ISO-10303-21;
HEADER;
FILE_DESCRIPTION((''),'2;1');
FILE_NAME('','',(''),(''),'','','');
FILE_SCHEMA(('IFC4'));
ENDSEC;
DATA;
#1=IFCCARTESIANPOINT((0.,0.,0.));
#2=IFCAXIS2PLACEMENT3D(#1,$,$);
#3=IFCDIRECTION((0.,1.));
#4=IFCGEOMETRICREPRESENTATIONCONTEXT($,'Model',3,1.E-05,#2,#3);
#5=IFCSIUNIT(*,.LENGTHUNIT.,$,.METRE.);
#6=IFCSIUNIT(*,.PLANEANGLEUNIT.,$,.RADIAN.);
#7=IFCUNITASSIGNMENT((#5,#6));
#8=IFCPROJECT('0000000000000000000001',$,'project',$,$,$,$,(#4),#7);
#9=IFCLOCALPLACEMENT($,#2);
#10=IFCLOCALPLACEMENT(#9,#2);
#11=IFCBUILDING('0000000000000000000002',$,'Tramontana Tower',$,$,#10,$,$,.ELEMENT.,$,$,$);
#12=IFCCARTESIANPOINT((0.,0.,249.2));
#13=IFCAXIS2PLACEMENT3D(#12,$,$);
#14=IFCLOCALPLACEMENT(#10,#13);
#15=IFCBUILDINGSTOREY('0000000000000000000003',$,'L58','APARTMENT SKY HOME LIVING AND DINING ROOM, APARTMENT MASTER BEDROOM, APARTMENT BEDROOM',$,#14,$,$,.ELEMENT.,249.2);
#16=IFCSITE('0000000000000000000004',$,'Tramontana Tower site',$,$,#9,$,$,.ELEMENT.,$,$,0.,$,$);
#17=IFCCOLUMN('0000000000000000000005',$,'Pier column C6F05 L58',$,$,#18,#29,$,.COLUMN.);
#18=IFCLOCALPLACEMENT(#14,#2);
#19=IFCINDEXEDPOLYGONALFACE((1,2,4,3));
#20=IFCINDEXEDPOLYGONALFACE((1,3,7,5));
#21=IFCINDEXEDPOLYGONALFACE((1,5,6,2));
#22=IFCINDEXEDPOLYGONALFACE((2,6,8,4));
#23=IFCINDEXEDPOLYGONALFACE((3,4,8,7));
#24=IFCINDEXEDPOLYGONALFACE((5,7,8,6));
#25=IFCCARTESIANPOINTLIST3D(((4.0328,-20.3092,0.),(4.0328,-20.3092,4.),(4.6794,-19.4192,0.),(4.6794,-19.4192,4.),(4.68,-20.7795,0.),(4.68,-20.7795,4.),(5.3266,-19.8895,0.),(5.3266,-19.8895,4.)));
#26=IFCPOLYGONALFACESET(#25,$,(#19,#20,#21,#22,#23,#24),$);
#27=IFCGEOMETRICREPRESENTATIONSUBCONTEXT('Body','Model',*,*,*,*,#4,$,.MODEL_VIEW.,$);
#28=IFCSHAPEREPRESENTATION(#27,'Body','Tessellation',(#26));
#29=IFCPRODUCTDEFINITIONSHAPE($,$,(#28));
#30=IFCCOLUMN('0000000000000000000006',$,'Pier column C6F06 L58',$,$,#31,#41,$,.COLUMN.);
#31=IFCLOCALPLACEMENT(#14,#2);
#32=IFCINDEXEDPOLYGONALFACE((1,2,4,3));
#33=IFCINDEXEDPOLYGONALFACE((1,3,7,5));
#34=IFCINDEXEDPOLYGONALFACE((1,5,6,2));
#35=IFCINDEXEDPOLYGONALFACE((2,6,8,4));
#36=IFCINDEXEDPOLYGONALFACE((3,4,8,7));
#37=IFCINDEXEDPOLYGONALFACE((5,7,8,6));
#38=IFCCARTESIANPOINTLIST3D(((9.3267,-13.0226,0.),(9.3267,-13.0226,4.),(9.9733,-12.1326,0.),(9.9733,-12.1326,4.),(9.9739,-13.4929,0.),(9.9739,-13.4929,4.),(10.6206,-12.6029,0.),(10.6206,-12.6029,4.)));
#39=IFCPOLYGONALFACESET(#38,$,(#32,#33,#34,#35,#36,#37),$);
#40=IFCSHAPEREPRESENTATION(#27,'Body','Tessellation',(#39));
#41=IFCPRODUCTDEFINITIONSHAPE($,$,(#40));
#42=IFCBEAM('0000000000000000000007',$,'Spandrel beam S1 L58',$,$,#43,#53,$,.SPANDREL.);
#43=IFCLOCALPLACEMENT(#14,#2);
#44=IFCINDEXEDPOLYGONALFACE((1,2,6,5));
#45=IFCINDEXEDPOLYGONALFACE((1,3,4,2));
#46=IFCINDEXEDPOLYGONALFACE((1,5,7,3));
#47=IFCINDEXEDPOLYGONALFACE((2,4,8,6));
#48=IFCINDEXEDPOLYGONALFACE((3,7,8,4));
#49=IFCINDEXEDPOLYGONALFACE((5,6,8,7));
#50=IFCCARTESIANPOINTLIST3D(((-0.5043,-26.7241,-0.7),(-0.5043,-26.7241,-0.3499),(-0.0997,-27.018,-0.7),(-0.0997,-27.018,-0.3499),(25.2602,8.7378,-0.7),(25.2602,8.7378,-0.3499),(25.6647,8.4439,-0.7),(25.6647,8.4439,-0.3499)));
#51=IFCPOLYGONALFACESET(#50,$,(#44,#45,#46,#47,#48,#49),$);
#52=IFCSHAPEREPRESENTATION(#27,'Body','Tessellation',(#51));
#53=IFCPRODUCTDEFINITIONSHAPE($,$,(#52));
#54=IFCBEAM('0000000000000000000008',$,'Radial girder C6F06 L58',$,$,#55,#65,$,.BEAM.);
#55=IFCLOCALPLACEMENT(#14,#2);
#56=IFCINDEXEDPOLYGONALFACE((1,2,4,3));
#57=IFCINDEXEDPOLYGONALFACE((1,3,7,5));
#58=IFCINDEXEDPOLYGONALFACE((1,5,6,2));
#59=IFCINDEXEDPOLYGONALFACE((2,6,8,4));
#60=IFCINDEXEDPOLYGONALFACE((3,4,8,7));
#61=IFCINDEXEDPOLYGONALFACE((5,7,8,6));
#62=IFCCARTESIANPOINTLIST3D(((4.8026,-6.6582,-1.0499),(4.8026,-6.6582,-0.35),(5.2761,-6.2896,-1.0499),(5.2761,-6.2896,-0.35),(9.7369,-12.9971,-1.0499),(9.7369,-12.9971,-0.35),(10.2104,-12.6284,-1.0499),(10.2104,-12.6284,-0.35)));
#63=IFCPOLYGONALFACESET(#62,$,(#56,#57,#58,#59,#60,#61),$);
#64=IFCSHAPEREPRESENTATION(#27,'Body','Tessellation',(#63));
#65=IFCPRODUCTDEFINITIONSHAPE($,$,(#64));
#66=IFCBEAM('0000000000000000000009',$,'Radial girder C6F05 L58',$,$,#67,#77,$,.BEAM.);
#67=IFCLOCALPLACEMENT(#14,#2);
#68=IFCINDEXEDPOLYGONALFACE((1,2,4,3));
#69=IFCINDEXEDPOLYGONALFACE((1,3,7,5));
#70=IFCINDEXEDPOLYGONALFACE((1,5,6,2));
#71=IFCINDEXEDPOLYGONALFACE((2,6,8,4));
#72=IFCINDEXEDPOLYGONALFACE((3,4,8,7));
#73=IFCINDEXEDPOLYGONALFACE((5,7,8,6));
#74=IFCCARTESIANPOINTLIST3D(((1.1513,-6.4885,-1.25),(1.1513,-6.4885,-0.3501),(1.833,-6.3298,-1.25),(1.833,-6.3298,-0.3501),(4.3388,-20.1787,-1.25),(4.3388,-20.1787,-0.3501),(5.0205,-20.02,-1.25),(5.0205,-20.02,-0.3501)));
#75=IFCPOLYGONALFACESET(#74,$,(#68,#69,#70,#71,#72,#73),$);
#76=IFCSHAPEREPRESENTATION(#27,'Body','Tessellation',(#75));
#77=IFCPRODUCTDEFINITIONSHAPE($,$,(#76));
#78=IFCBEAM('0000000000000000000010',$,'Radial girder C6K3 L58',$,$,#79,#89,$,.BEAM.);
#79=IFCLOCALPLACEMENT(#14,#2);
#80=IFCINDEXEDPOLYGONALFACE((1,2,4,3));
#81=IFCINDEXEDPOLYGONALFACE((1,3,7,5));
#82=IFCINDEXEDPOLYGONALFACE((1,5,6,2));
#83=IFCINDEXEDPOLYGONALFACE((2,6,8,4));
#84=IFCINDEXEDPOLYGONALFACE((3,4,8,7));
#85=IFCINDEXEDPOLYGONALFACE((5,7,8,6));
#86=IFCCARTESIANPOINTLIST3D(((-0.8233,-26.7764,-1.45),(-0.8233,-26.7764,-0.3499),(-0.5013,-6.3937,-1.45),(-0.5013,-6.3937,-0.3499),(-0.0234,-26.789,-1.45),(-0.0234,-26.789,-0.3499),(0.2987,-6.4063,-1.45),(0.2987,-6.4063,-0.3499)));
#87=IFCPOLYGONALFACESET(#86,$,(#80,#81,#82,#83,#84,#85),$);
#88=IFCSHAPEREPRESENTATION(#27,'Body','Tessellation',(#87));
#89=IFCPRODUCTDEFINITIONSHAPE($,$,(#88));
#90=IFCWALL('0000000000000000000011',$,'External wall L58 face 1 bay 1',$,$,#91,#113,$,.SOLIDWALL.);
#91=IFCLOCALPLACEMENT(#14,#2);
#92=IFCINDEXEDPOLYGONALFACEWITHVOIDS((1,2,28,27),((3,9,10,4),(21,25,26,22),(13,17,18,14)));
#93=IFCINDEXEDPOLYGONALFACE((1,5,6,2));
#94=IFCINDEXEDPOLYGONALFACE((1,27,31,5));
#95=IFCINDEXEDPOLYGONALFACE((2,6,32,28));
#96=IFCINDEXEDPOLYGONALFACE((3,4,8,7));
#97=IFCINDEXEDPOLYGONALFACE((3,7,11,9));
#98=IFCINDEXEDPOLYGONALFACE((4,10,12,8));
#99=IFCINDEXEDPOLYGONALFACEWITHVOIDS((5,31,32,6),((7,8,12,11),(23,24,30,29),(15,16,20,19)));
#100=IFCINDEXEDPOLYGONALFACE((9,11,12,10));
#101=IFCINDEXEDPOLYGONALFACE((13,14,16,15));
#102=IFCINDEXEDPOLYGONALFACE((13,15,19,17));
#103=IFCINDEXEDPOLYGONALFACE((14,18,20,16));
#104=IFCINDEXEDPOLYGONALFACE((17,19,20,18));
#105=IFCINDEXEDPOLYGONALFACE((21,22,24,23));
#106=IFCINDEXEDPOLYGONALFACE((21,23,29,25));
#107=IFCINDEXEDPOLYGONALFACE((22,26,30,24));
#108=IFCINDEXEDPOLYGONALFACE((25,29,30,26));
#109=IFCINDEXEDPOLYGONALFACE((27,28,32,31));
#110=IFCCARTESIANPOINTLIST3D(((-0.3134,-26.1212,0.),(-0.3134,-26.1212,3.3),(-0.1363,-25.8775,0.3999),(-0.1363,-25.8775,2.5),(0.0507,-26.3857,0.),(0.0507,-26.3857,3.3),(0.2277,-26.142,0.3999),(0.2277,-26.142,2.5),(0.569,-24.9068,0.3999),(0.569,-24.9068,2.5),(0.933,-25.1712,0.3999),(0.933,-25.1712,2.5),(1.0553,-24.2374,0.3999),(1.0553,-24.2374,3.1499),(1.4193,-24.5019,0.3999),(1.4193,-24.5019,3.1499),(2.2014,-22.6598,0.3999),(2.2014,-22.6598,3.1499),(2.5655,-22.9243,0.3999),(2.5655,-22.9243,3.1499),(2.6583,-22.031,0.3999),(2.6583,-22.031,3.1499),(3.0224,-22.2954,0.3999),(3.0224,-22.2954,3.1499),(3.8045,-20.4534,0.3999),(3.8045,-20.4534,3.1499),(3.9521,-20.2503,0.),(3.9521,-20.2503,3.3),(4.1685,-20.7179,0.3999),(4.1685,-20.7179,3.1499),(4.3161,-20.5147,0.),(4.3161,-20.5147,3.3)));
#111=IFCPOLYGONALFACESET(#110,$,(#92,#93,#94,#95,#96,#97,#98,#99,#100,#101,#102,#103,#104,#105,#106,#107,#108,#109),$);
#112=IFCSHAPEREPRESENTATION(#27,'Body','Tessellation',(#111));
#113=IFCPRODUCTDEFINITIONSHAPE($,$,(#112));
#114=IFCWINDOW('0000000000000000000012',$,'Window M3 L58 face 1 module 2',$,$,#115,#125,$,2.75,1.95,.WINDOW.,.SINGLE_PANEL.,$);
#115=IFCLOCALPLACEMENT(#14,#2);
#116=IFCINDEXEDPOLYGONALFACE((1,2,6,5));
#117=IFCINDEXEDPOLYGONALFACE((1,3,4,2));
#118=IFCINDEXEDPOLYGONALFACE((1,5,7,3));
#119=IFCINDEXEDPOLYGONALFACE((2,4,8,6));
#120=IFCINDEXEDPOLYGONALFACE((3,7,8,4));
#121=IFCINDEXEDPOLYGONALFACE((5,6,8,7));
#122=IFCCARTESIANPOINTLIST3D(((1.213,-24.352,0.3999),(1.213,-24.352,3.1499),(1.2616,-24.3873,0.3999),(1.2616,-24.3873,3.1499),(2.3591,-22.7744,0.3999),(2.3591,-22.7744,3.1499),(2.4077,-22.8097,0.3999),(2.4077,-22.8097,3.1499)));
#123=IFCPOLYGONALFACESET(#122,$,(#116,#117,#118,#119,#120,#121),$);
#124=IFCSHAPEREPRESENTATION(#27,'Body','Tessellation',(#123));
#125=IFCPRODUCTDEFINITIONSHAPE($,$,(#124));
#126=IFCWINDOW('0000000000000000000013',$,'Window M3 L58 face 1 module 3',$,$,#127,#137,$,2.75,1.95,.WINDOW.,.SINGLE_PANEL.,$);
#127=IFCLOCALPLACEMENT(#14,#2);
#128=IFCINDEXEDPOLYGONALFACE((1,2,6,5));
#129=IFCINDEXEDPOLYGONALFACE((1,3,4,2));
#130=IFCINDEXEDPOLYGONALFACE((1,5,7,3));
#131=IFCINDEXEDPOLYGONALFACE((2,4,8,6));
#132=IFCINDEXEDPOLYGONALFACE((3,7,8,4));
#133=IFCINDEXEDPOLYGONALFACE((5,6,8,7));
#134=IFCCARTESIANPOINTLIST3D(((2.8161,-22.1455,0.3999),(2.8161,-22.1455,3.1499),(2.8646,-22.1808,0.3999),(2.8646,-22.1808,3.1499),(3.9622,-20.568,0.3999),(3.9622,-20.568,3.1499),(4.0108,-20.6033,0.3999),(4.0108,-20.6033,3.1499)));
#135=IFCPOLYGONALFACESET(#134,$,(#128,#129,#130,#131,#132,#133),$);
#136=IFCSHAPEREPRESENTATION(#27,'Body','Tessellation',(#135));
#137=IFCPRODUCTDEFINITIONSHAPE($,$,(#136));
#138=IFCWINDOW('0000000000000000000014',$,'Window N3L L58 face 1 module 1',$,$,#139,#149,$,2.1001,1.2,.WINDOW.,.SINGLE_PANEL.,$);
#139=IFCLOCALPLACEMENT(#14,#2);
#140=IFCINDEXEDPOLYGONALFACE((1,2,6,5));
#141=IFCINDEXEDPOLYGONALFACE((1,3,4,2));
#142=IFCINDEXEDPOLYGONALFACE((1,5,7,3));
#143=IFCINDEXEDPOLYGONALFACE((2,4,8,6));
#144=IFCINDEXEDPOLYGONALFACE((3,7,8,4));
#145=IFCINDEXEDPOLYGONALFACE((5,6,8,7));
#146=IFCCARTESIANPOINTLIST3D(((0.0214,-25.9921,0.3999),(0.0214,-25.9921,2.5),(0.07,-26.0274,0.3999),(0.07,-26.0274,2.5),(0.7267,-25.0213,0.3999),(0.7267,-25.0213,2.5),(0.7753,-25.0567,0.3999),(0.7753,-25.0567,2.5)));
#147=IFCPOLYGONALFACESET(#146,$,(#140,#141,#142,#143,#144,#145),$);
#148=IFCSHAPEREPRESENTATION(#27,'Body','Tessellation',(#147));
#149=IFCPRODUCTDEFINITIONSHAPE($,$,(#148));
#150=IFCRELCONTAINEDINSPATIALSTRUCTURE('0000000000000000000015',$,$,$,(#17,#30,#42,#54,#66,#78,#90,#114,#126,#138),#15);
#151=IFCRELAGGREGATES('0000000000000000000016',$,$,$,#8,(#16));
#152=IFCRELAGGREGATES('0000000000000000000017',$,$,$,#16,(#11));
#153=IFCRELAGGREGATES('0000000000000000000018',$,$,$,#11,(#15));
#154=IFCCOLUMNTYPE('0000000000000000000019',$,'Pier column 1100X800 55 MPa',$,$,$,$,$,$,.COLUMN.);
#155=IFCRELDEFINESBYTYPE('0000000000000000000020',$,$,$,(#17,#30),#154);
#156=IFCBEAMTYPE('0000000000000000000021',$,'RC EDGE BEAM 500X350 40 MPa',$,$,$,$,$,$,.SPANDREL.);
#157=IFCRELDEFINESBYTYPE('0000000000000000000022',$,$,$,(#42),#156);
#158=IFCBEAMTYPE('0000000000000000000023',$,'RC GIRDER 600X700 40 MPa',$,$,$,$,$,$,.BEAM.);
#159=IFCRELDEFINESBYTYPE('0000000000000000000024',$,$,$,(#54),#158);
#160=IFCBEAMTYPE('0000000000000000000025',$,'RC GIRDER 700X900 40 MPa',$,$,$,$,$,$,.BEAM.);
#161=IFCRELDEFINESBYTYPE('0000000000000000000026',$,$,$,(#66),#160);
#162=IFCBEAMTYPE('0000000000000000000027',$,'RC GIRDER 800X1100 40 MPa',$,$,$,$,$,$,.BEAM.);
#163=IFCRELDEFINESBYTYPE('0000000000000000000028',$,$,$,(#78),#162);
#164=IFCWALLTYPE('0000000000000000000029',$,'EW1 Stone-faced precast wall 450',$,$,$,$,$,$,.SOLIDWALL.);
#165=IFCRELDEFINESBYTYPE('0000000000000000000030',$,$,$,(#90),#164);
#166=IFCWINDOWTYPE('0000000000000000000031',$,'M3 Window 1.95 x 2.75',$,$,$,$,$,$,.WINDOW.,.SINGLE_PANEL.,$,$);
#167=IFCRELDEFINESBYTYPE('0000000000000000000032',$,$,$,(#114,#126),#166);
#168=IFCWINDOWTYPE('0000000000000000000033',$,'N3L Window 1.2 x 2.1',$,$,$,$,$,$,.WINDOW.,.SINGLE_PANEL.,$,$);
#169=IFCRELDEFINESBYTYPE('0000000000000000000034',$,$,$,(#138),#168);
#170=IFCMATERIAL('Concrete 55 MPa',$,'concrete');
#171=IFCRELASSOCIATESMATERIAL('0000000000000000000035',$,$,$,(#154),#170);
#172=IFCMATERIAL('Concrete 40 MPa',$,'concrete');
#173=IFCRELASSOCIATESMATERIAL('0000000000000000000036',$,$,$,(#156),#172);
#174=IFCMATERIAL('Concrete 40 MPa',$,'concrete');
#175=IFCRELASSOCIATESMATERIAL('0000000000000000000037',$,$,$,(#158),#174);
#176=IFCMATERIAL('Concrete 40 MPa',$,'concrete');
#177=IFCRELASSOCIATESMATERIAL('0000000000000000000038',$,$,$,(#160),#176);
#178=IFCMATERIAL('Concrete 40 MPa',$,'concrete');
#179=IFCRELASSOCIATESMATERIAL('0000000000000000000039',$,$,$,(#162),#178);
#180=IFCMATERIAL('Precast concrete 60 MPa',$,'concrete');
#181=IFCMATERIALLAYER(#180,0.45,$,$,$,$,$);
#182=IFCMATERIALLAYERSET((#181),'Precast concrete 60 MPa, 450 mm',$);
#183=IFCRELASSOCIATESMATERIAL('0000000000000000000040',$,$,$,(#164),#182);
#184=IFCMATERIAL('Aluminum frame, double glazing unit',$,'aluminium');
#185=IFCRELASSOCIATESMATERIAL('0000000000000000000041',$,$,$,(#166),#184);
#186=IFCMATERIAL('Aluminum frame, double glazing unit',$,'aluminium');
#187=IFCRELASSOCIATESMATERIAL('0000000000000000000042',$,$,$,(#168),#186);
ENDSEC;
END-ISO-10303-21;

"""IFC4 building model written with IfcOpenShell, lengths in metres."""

from ifc_helpers import new_model, si_unit, direction, frame, frame_2d, origin, origin_2d, place, context, subcontext, project, spatial, rectangle, extrude, material, layer, layer_set, material_profile, profile_set, type_object, element, fill, save


model = new_model("IFC4")

# Units and contexts
model_context = context("Model", 3, precision=1e-05, world=origin(), true_north=direction((0.0, 1.0)))
body_context = subcontext(model_context, "Body", "Model", "MODEL_VIEW")
ifc_project = project(units=[si_unit("LENGTHUNIT", "METRE"), si_unit("PLANEANGLEUNIT", "RADIAN")], contexts=[model_context])

# Site, building, storey
site_placement = place(None, origin())
site = spatial("IfcSite", under=ifc_project, at=site_placement, Name="Tramontana Tower site", CompositionType="ELEMENT", RefElevation=0.0)
building_placement = place(site_placement, origin())
building = spatial("IfcBuilding", under=site, at=building_placement, Name="Tramontana Tower", CompositionType="ELEMENT")
storey_placement = place(building_placement, frame((0.0, 0.0, 249.2)))
storey = spatial("IfcBuildingStorey", under=building, at=storey_placement, Name="L58", Description="APARTMENT SKY HOME LIVING AND DINING ROOM, APARTMENT MASTER BEDROOM, APARTMENT BEDROOM", CompositionType="ELEMENT", Elevation=249.2)

# Columns
ifc_material_1 = material(Name="Concrete 55 MPa", Category="concrete")
ifc_material_profile_1 = material_profile(ifc_material_1, rectangle(XDim=1.1001, YDim=0.8, at=origin_2d()), Name="Pier column 1100X800 55 MPa")
ifc_profile_set_1 = profile_set([ifc_material_profile_1], Name="Concrete 55 MPa")
column_type = type_object("IfcColumnType", Name="Pier column 1100X800 55 MPa", PredefinedType="COLUMN", material=ifc_profile_set_1)
for number, where, z_axis, x_axis, name in (
    (1, (4.6797, -20.0994, 0.0), (0.0, 0.0, 1.0), (0.587785, 0.809017, 0.0), "Pier column C6F05 L58"),
    (2, (9.9736, -12.8127, 0.0), (0.0, 0.0, 1.0), (0.587785, 0.809017, 0.0), "Pier column C6F06 L58"),
):
    element("IfcColumn", number, at=place(storey_placement, frame(where, z_axis=z_axis, x_axis=x_axis)), inside=storey, type_object=column_type, Name=name, PredefinedType="COLUMN", context=body_context, shape_type="SweptSolid", body=[
        extrude(rectangle(XDim=1.1001, YDim=0.8, at=origin_2d()), origin(), (0.0, 0.0, 1.0), 4.0),
    ])

# Beams
ifc_material_2 = material(Name="Concrete 40 MPa", Category="concrete")
ifc_material_profile_2 = material_profile(ifc_material_2, rectangle(XDim=0.5, YDim=0.3501, at=origin_2d()), Name="RC EDGE BEAM 500X350 40 MPa")
ifc_profile_set_2 = profile_set([ifc_material_profile_2], Name="Concrete 40 MPa")
beam_type_1 = type_object("IfcBeamType", Name="RC EDGE BEAM 500X350 40 MPa", PredefinedType="SPANDREL", material=ifc_profile_set_2)
beam_1_placement = place(storey_placement, frame((-0.302, -26.8711, -0.5249), z_axis=(0.587782, 0.809019, 0.0), x_axis=(-0.809019, 0.587782, 0.0)))
element("IfcBeam", 3, at=beam_1_placement, inside=storey, type_object=beam_type_1, Name="Spandrel beam S1 L58", PredefinedType="SPANDREL", context=body_context, shape_type="SweptSolid", body=[
    extrude(rectangle(XDim=0.5, YDim=0.3501, at=origin_2d()), origin(), (0.0, 0.0, 1.0), 43.8333),
])
ifc_material_3 = material(Name="Concrete 40 MPa", Category="concrete")
ifc_material_profile_3 = material_profile(ifc_material_3, rectangle(XDim=0.6001, YDim=0.7, at=origin_2d()), Name="RC GIRDER 600X700 40 MPa")
ifc_profile_set_3 = profile_set([ifc_material_profile_3], Name="Concrete 40 MPa")
beam_type_2 = type_object("IfcBeamType", Name="RC GIRDER 600X700 40 MPa", PredefinedType="BEAM", material=ifc_profile_set_3)
beam_2_placement = place(storey_placement, frame((9.9736, -12.8127, -0.7), z_axis=(-0.614258, 0.789105, 0.0), x_axis=(-0.789105, -0.614258, 0.0)))
element("IfcBeam", 4, at=beam_2_placement, inside=storey, type_object=beam_type_2, Name="Radial girder C6F06 L58", PredefinedType="BEAM", context=body_context, shape_type="SweptSolid", body=[
    extrude(rectangle(XDim=0.6001, YDim=0.7, at=origin_2d()), origin(), (0.0, 0.0, 1.0), 8.033),
])
ifc_material_4 = material(Name="Concrete 40 MPa", Category="concrete")
ifc_material_profile_4 = material_profile(ifc_material_4, rectangle(XDim=0.7, YDim=0.8999, at=origin_2d()), Name="RC GIRDER 700X900 40 MPa")
ifc_profile_set_4 = profile_set([ifc_material_profile_4], Name="Concrete 40 MPa")
beam_type_3 = type_object("IfcBeamType", Name="RC GIRDER 700X900 40 MPa", PredefinedType="BEAM", material=ifc_profile_set_4)
beam_3_placement = place(storey_placement, frame((4.6797, -20.0994, -0.8), z_axis=(-0.226766, 0.973949, 0.0), x_axis=(-0.973949, -0.226766, 0.0)))
element("IfcBeam", 5, at=beam_3_placement, inside=storey, type_object=beam_type_3, Name="Radial girder C6F05 L58", PredefinedType="BEAM", context=body_context, shape_type="SweptSolid", body=[
    extrude(rectangle(XDim=0.7, YDim=0.8999, at=origin_2d()), origin(), (0.0, 0.0, 1.0), 14.0564),
])
ifc_material_5 = material(Name="Concrete 40 MPa", Category="concrete")
ifc_material_profile_5 = material_profile(ifc_material_5, rectangle(XDim=0.8, YDim=1.1001, at=origin_2d()), Name="RC GIRDER 800X1100 40 MPa")
ifc_profile_set_5 = profile_set([ifc_material_profile_5], Name="Concrete 40 MPa")
beam_type_4 = type_object("IfcBeamType", Name="RC GIRDER 800X1100 40 MPa", PredefinedType="BEAM", material=ifc_profile_set_5)
beam_4_placement = place(storey_placement, frame((-0.4233, -26.7827, -0.8999), z_axis=(0.015797, 0.999875, 0.0), x_axis=(-0.999875, 0.015797, 0.0)))
element("IfcBeam", 6, at=beam_4_placement, inside=storey, type_object=beam_type_4, Name="Radial girder C6K3 L58", PredefinedType="BEAM", context=body_context, shape_type="SweptSolid", body=[
    extrude(rectangle(XDim=0.8, YDim=1.1001, at=origin_2d()), origin(), (0.0, 0.0, 1.0), 20.3853),
])

# Wall, openings, windows
ifc_material_6 = material(Name="Precast concrete 60 MPa", Category="concrete")
ifc_layer_1 = layer(ifc_material_6, 0.45)
ifc_layer_set_1 = layer_set([ifc_layer_1], Name="Precast concrete 60 MPa, 450 mm")
wall_type_1 = type_object("IfcWallType", Name="EW1 Stone-faced precast wall 450", PredefinedType="SOLIDWALL", material=ifc_layer_set_1)
wall_1_placement = place(storey_placement, frame((-0.1313, -26.2534, 0.0), z_axis=(0.0, 0.0, 1.0), x_axis=(0.587782, 0.80902, 0.0)))
wall_1 = element("IfcWall", 7, at=wall_1_placement, inside=storey, type_object=wall_type_1, Name="External wall L58 face 1 bay 1", PredefinedType="SOLIDWALL", context=body_context, shape_type="SweptSolid", body=[
    extrude(rectangle(XDim=7.2568, YDim=0.45, at=frame_2d((3.6284, 0.0))), origin(), (0.0, 0.0, 1.0), 3.3),
])
opening_1_placement = place(wall_1_placement, frame((0.301, 0.0, 0.3999)))
opening_1 = element("IfcOpeningElement", 8, at=opening_1_placement, cuts=wall_1, PredefinedType="OPENING", context=body_context, shape_type="SweptSolid", body=[
    extrude(rectangle(XDim=1.2, YDim=2.1001, at=frame_2d((0.6001, 1.05))), frame((0.0, 0.2349, 0.0), z_axis=(0.0, -1.0, 0.0), x_axis=(1.0, 0.0, 0.0)), (0.0, 0.0, 1.0), 0.47),
])
opening_2_placement = place(wall_1_placement, frame((2.3284, 0.0, 0.3999)))
opening_2 = element("IfcOpeningElement", 9, at=opening_2_placement, cuts=wall_1, PredefinedType="OPENING", context=body_context, shape_type="SweptSolid", body=[
    extrude(rectangle(XDim=1.95, YDim=2.75, at=frame_2d((0.9751, 1.375))), frame((0.0, 0.2349, 0.0), z_axis=(0.0, -1.0, 0.0), x_axis=(1.0, 0.0, 0.0)), (0.0, 0.0, 1.0), 0.47),
])
opening_3_placement = place(wall_1_placement, frame((5.0557, 0.0, 0.3999)))
opening_3 = element("IfcOpeningElement", 10, at=opening_3_placement, cuts=wall_1, PredefinedType="OPENING", context=body_context, shape_type="SweptSolid", body=[
    extrude(rectangle(XDim=1.95, YDim=2.75, at=frame_2d((0.9751, 1.375))), frame((0.0, 0.2349, 0.0), z_axis=(0.0, -1.0, 0.0), x_axis=(1.0, 0.0, 0.0)), (0.0, 0.0, 1.0), 0.47),
])
ifc_material_7 = material(Name="Aluminum frame, double glazing unit", Category="aluminium")
window_type_1 = type_object("IfcWindowType", Name="M3 Window 1.95 x 2.75", PartitioningType="SINGLE_PANEL", PredefinedType="WINDOW", material=ifc_material_7)
window_1_placement = place(opening_2_placement, origin())
window_1 = element("IfcWindow", 11, at=window_1_placement, inside=storey, type_object=window_type_1, Name="Window M3 L58 face 1 module 2", OverallHeight=2.75, OverallWidth=1.95, PartitioningType="SINGLE_PANEL", PredefinedType="WINDOW", context=body_context, shape_type="SweptSolid", body=[
    extrude(rectangle(XDim=1.95, YDim=2.75, at=frame_2d((0.9751, 1.375))), frame((0.0, 0.03, 0.0), z_axis=(0.0, -1.0, 0.0), x_axis=(1.0, 0.0, 0.0)), (0.0, 0.0, 1.0), 0.0601),
])
fill(opening_2, window_1)
window_2_placement = place(opening_3_placement, origin())
window_2 = element("IfcWindow", 12, at=window_2_placement, inside=storey, type_object=window_type_1, Name="Window M3 L58 face 1 module 3", OverallHeight=2.75, OverallWidth=1.95, PartitioningType="SINGLE_PANEL", PredefinedType="WINDOW", context=body_context, shape_type="SweptSolid", body=[
    extrude(rectangle(XDim=1.95, YDim=2.75, at=frame_2d((0.9751, 1.375))), frame((0.0, 0.03, 0.0), z_axis=(0.0, -1.0, 0.0), x_axis=(1.0, 0.0, 0.0)), (0.0, 0.0, 1.0), 0.0601),
])
fill(opening_3, window_2)
ifc_material_8 = material(Name="Aluminum frame, double glazing unit", Category="aluminium")
window_type_2 = type_object("IfcWindowType", Name="N3L Window 1.2 x 2.1", PartitioningType="SINGLE_PANEL", PredefinedType="WINDOW", material=ifc_material_8)
window_3_placement = place(opening_1_placement, origin())
window_3 = element("IfcWindow", 13, at=window_3_placement, inside=storey, type_object=window_type_2, Name="Window N3L L58 face 1 module 1", OverallHeight=2.1001, OverallWidth=1.2, PartitioningType="SINGLE_PANEL", PredefinedType="WINDOW", context=body_context, shape_type="SweptSolid", body=[
    extrude(rectangle(XDim=1.2, YDim=2.1001, at=frame_2d((0.6001, 1.05))), frame((0.0, 0.03, 0.0), z_axis=(0.0, -1.0, 0.0), x_axis=(1.0, 0.0, 0.0)), (0.0, 0.0, 1.0), 0.0601),
])
fill(opening_1, window_3)

save(model, "model.ifc")
